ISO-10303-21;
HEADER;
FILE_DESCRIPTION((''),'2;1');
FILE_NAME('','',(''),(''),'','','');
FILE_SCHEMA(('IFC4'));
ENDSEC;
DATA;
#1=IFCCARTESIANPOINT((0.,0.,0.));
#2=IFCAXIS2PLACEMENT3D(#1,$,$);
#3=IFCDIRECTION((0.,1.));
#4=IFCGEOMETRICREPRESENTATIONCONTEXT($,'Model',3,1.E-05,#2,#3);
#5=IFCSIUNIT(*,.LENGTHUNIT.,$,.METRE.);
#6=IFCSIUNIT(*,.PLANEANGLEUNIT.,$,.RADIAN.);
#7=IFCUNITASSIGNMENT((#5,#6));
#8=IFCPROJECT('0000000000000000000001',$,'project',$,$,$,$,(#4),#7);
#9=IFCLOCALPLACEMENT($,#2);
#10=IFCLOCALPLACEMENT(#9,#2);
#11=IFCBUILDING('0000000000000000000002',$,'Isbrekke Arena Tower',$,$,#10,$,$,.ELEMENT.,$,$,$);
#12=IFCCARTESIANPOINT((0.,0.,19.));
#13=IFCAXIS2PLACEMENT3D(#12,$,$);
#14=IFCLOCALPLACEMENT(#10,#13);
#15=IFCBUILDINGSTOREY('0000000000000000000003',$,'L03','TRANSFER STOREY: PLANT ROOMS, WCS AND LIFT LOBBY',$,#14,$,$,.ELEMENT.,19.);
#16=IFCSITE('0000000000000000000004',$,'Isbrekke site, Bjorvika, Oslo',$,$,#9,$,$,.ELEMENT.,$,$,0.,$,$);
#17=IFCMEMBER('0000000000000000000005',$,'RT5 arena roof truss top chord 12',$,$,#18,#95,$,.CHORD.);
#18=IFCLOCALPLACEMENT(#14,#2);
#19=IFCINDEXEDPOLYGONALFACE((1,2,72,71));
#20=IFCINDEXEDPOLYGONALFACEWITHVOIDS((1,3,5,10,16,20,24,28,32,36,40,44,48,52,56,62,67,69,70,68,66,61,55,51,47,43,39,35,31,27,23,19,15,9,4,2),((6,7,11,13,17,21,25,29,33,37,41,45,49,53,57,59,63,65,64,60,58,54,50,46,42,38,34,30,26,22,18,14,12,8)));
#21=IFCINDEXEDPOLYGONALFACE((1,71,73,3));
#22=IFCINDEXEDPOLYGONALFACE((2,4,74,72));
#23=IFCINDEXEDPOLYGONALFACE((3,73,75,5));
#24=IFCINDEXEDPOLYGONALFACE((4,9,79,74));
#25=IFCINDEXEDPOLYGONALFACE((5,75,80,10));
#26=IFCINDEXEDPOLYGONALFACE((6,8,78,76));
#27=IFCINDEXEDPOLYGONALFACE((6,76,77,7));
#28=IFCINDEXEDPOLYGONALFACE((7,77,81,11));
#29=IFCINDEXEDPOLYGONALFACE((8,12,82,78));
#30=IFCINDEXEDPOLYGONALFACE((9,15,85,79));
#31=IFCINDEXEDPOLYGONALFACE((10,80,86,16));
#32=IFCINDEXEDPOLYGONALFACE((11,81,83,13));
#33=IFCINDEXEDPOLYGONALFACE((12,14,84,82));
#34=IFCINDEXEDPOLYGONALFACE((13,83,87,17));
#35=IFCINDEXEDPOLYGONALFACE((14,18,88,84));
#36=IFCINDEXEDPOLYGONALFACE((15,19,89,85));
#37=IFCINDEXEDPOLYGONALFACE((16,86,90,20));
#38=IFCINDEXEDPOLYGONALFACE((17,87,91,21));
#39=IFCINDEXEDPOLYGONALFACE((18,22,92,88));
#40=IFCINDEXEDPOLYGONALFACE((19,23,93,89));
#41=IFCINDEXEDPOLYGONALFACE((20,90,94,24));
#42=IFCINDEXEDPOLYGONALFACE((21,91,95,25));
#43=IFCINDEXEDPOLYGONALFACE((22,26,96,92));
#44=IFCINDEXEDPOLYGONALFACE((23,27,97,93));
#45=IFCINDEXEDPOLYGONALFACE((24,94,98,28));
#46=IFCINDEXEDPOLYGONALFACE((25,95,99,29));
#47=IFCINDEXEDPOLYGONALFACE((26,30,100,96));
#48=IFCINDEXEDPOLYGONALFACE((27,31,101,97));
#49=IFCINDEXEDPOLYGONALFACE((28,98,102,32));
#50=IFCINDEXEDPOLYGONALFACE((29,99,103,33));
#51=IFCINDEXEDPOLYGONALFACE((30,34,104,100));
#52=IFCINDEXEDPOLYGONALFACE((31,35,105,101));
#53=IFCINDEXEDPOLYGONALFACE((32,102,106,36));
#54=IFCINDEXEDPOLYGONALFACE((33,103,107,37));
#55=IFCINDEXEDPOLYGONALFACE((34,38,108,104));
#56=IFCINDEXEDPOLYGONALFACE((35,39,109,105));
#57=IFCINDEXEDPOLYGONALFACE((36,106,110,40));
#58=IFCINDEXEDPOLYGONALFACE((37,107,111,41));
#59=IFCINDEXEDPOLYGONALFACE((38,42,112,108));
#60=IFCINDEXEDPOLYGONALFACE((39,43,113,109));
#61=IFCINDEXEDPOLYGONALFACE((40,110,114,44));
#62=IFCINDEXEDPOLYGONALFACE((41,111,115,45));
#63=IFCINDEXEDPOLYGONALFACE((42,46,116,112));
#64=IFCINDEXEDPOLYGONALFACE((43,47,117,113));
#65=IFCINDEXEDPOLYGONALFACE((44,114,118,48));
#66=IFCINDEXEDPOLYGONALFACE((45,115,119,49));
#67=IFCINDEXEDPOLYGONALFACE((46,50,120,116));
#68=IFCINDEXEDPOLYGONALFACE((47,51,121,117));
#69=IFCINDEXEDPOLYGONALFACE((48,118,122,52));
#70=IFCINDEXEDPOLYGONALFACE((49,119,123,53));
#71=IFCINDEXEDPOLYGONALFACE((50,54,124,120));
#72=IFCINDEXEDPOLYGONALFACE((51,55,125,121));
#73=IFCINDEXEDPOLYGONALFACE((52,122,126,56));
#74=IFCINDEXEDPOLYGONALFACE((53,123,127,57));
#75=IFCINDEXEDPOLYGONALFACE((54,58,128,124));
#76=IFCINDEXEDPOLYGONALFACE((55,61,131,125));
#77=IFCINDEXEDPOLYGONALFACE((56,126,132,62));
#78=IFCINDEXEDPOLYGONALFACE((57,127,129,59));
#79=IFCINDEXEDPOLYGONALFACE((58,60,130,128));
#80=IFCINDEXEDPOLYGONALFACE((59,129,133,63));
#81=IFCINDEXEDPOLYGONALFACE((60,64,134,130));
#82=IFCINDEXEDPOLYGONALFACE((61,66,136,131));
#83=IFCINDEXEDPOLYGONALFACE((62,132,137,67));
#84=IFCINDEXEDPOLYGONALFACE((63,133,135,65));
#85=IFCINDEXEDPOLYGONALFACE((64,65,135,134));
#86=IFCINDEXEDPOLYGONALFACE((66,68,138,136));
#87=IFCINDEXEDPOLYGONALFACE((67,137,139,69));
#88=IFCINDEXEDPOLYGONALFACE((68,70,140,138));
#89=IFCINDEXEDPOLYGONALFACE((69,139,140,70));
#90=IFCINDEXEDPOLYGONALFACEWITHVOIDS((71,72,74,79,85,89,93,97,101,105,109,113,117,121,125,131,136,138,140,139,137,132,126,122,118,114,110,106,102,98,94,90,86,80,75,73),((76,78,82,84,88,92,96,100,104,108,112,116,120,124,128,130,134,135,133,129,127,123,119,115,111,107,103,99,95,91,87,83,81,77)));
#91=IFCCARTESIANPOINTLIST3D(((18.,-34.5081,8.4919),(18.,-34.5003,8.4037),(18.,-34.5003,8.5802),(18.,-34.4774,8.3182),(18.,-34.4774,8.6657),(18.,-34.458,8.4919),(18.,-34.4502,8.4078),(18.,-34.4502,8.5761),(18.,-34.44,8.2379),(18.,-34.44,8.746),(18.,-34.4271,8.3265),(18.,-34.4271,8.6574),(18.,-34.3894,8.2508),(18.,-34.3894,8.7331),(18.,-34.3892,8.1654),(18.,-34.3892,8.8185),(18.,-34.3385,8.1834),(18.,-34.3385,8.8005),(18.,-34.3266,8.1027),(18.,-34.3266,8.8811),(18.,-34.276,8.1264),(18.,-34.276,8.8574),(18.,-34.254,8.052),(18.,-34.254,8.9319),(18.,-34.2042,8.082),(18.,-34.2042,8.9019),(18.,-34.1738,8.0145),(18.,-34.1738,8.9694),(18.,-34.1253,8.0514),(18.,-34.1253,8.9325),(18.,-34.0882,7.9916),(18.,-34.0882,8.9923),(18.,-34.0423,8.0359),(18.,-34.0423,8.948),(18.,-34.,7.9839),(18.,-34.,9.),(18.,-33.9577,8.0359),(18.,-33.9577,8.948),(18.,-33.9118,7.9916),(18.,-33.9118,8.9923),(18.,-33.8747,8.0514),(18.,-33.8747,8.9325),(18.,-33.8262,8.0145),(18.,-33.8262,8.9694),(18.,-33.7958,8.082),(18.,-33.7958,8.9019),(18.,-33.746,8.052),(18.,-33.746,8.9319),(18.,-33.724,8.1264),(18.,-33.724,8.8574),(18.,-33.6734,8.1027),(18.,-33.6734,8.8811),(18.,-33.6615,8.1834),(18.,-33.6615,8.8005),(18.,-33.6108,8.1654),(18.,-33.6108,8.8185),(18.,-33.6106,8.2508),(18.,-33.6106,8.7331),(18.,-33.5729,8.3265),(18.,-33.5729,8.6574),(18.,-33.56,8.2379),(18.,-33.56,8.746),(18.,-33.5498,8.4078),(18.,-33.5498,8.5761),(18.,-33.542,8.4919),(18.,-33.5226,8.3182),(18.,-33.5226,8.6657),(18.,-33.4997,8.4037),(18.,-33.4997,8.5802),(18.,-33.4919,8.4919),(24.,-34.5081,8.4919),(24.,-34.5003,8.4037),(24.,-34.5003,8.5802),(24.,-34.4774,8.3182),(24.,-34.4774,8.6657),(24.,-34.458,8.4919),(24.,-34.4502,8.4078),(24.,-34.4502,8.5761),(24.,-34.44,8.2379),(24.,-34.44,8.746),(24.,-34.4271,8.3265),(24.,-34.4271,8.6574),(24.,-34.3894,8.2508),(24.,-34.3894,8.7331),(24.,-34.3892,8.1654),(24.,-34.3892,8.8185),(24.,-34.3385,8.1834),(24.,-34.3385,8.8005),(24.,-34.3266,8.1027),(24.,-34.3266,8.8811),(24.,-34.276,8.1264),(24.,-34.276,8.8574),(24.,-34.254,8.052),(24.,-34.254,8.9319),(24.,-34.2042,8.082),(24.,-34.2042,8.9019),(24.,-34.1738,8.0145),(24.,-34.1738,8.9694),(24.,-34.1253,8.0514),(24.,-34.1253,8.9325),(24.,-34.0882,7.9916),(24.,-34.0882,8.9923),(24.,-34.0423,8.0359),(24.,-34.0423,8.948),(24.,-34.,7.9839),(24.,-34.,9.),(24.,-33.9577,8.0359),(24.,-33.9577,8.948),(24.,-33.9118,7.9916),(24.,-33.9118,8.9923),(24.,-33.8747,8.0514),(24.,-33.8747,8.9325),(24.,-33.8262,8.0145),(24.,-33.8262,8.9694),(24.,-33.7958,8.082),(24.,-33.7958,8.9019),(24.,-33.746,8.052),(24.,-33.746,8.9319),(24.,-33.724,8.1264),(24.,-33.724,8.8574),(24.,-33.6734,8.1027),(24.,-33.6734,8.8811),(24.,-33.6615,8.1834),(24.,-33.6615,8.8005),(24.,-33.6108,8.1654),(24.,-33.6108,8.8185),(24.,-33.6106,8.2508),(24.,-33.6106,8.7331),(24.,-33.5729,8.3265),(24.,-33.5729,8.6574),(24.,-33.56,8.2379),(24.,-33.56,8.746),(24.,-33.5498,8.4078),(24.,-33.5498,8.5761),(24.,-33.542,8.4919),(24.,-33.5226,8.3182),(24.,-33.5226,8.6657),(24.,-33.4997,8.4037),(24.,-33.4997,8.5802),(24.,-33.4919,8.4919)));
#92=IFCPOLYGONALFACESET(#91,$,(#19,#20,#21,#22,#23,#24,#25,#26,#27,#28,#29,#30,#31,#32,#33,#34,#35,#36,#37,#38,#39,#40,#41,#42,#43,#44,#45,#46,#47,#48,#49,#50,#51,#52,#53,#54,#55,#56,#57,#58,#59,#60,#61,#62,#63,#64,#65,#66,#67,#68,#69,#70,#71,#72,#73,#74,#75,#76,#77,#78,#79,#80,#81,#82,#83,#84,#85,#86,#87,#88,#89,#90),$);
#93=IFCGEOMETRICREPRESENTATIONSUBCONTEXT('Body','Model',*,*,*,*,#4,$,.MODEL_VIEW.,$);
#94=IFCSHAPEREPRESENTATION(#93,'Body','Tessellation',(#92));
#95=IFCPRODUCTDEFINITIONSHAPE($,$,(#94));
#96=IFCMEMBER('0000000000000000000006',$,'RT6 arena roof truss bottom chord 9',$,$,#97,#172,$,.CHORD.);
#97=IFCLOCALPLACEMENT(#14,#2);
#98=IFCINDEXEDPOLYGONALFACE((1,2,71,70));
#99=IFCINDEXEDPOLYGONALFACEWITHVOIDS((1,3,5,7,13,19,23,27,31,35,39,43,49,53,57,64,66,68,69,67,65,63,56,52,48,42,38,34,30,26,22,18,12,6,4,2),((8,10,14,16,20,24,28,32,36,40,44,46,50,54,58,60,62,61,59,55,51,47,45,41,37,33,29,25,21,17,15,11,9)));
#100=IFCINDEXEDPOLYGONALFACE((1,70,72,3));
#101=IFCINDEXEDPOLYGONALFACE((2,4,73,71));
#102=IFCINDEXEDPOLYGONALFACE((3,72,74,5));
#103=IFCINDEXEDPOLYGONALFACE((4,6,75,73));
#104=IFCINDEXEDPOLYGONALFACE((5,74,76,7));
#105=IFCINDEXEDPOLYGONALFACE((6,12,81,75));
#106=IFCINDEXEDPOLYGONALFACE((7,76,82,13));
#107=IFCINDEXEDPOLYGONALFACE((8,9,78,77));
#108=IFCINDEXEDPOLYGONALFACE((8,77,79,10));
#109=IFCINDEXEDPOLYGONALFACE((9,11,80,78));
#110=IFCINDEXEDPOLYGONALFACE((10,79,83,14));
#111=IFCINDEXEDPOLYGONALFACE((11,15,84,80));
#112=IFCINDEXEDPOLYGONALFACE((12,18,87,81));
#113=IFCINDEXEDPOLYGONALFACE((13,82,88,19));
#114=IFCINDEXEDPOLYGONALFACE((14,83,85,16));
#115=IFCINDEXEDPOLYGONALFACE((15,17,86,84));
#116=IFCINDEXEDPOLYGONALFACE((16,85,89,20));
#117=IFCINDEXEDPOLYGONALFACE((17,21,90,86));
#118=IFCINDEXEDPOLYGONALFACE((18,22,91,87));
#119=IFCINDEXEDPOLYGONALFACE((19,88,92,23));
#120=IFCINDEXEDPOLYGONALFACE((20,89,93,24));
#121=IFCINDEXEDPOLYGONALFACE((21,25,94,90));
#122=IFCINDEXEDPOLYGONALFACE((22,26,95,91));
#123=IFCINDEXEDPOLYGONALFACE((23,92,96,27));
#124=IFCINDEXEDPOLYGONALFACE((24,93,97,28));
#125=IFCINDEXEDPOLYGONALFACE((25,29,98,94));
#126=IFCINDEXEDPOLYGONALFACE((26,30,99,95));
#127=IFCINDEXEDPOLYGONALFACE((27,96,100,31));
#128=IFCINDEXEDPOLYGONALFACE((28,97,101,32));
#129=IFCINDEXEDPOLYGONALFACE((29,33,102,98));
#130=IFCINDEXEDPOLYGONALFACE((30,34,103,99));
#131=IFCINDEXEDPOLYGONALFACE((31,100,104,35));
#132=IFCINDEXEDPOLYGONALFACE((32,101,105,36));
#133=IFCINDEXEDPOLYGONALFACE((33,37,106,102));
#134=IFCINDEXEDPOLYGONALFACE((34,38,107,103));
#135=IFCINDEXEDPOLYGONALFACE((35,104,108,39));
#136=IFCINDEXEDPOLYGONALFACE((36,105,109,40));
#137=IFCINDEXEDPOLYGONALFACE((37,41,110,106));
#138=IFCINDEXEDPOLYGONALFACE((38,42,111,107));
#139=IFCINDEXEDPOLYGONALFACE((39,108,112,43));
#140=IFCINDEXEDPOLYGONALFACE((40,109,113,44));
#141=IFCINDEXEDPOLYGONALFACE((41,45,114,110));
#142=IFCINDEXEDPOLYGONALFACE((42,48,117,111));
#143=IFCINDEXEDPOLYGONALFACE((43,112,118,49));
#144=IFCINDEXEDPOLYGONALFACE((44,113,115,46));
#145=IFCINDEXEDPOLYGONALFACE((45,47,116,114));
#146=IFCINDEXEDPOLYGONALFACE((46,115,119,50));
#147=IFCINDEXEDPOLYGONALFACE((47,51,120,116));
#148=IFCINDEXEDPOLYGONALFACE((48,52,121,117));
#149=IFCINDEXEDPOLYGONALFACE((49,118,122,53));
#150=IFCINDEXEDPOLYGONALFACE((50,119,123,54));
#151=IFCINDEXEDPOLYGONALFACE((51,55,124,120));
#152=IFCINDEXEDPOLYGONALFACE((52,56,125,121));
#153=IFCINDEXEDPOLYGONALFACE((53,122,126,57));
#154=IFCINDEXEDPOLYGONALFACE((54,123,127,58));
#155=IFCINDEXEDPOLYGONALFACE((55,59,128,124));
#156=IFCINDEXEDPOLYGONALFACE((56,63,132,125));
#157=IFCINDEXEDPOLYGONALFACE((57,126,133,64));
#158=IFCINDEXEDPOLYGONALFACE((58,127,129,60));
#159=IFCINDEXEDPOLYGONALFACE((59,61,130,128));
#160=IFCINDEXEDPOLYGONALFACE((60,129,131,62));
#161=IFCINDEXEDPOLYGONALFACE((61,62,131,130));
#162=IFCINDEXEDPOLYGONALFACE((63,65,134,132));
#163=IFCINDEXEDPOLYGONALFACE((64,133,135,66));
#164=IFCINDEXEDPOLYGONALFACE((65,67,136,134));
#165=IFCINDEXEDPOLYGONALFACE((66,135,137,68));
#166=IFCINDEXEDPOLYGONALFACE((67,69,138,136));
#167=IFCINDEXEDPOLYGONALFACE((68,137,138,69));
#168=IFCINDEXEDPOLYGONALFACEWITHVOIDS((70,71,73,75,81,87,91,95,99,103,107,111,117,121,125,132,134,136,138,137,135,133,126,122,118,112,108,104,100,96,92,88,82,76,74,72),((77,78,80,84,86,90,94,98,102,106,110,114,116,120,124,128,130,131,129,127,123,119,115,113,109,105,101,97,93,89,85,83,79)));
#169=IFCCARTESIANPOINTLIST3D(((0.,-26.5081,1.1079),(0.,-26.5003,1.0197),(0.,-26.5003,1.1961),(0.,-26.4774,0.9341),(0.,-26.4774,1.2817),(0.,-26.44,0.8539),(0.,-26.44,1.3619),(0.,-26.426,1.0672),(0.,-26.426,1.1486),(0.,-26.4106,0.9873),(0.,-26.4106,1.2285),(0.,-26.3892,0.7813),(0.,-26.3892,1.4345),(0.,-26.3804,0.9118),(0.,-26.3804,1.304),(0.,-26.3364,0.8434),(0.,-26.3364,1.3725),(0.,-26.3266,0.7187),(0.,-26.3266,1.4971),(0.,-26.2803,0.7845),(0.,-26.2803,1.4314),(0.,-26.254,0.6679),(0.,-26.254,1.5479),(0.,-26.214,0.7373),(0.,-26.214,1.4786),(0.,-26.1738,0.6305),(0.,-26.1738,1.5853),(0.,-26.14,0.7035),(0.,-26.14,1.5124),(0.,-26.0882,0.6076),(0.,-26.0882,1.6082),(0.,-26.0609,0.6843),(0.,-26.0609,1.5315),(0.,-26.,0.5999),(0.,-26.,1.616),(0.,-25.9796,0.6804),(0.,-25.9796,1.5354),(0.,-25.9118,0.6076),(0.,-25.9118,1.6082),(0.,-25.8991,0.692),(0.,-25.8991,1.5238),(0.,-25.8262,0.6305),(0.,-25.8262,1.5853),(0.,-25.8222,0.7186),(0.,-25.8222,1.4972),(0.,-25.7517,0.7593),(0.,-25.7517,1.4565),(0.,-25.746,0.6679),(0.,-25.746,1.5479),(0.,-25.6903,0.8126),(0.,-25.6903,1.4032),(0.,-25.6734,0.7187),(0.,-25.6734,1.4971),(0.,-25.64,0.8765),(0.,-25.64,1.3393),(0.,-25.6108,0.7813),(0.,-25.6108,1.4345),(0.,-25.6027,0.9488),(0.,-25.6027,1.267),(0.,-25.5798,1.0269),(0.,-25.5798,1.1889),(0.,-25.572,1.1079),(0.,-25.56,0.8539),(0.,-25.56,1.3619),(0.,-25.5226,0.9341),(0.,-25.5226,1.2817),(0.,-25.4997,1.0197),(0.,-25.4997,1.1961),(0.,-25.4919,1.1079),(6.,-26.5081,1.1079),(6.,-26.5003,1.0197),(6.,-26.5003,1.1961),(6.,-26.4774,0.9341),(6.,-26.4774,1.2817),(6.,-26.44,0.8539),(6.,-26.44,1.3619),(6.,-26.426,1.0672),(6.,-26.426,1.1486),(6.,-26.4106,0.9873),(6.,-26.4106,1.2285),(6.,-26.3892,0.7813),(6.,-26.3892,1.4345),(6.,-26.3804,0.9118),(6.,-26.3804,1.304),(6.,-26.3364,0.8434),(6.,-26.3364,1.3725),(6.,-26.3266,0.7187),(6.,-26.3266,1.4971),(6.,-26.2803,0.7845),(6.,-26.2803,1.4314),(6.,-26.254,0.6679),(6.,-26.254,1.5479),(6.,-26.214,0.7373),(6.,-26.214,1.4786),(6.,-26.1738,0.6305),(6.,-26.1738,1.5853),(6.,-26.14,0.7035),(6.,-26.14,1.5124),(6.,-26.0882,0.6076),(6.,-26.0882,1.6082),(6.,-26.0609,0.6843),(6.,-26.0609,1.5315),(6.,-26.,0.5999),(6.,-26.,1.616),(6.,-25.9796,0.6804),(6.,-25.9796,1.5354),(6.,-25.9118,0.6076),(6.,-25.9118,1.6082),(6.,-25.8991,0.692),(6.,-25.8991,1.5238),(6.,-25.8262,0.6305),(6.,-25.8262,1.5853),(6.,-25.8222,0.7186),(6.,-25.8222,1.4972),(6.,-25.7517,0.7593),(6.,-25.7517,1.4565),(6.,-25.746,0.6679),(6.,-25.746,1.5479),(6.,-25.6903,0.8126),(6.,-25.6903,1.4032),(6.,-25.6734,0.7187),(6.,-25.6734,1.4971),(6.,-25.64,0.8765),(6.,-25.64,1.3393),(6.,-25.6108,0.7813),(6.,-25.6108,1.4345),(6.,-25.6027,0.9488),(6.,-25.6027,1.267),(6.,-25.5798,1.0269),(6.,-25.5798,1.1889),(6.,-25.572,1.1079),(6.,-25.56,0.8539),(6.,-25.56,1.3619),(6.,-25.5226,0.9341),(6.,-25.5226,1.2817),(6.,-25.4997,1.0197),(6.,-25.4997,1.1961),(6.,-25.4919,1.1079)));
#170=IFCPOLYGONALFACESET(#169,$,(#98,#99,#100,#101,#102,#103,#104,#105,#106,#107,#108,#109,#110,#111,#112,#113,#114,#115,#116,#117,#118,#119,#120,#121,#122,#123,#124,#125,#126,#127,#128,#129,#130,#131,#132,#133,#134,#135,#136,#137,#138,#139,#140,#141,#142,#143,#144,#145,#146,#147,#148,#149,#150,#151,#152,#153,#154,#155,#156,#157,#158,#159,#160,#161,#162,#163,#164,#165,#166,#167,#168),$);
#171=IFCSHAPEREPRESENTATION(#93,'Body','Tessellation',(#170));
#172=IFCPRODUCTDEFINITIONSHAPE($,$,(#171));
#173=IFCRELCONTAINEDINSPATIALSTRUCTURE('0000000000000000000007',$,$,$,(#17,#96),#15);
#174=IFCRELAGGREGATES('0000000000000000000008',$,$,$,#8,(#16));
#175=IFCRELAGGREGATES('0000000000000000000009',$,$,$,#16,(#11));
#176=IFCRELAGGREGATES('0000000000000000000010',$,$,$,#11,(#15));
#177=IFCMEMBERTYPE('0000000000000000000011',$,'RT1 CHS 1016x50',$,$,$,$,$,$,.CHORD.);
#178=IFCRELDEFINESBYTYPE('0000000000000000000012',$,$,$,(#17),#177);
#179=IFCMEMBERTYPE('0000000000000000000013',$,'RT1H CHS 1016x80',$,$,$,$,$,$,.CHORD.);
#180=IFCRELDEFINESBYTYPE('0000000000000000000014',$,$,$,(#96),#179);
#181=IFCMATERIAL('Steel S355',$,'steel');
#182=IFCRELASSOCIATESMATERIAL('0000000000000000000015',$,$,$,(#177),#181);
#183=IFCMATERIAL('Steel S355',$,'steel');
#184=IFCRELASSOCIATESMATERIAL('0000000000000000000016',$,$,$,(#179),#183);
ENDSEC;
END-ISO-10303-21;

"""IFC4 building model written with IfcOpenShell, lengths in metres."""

from ifc_helpers import new_model, si_unit, direction, frame, origin, origin_2d, place, context, subcontext, project, spatial, hollow_circle, extrude, material, material_profile, profile_set, type_object, element, save


model = new_model("IFC4")

# Units and contexts
model_context = context("Model", 3, precision=1e-05, world=origin(), true_north=direction((0.0, 1.0)))
body_context = subcontext(model_context, "Body", "Model", "MODEL_VIEW")
ifc_project = project(units=[si_unit("LENGTHUNIT", "METRE"), si_unit("PLANEANGLEUNIT", "RADIAN")], contexts=[model_context])

# Site, building, storey
site_placement = place(None, origin())
site = spatial("IfcSite", under=ifc_project, at=site_placement, Name="Isbrekke site, Bjorvika, Oslo", CompositionType="ELEMENT", RefElevation=0.0)
building_placement = place(site_placement, origin())
building = spatial("IfcBuilding", under=site, at=building_placement, Name="Isbrekke Arena Tower", CompositionType="ELEMENT")
storey_placement = place(building_placement, frame((0.0, 0.0, 19.0)))
storey = spatial("IfcBuildingStorey", under=building, at=storey_placement, Name="L03", Description="TRANSFER STOREY: PLANT ROOMS, WCS AND LIFT LOBBY", CompositionType="ELEMENT", Elevation=19.0)

# Members
ifc_material_1 = material(Name="Steel S355", Category="steel")
ifc_material_profile_1 = material_profile(ifc_material_1, hollow_circle(Radius=0.5081, WallThickness=0.05, at=origin_2d()), Name="CHS 1016x50")
ifc_profile_set_1 = profile_set([ifc_material_profile_1], Name="Steel S355")
member_type_1 = type_object("IfcMemberType", Name="RT1 CHS 1016x50", PredefinedType="CHORD", material=ifc_profile_set_1)
for number, where, z_axis, x_axis, name in (
    (1, (18.0, -34.0, 8.4919), (1.0, 0.0, 0.0), (0.0, 1.0, 0.0), "RT5 arena roof truss top chord 12"),
):
    element("IfcMember", number, at=place(storey_placement, frame(where, z_axis=z_axis, x_axis=x_axis)), inside=storey, type_object=member_type_1, Name=name, PredefinedType="CHORD", context=body_context, shape_type="SweptSolid", body=[
        extrude(hollow_circle(Radius=0.5081, WallThickness=0.05, at=origin_2d()), origin(), (0.0, 0.0, 1.0), 6.0),
    ])
ifc_material_2 = material(Name="Steel S355", Category="steel")
ifc_material_profile_2 = material_profile(ifc_material_2, hollow_circle(Radius=0.5081, WallThickness=0.0801, at=origin_2d()), Name="CHS 1016x80")
ifc_profile_set_2 = profile_set([ifc_material_profile_2], Name="Steel S355")
member_type_2 = type_object("IfcMemberType", Name="RT1H CHS 1016x80", PredefinedType="CHORD", material=ifc_profile_set_2)
for number, where, z_axis, x_axis, name in (
    (2, (0.0, -26.0, 1.1079), (1.0, 0.0, 0.0), (0.0, 1.0, 0.0), "RT6 arena roof truss bottom chord 9"),
):
    element("IfcMember", number, at=place(storey_placement, frame(where, z_axis=z_axis, x_axis=x_axis)), inside=storey, type_object=member_type_2, Name=name, PredefinedType="CHORD", context=body_context, shape_type="SweptSolid", body=[
        extrude(hollow_circle(Radius=0.5081, WallThickness=0.0801, at=origin_2d()), origin(), (0.0, 0.0, 1.0), 6.0),
    ])

save(model, "model.ifc")
